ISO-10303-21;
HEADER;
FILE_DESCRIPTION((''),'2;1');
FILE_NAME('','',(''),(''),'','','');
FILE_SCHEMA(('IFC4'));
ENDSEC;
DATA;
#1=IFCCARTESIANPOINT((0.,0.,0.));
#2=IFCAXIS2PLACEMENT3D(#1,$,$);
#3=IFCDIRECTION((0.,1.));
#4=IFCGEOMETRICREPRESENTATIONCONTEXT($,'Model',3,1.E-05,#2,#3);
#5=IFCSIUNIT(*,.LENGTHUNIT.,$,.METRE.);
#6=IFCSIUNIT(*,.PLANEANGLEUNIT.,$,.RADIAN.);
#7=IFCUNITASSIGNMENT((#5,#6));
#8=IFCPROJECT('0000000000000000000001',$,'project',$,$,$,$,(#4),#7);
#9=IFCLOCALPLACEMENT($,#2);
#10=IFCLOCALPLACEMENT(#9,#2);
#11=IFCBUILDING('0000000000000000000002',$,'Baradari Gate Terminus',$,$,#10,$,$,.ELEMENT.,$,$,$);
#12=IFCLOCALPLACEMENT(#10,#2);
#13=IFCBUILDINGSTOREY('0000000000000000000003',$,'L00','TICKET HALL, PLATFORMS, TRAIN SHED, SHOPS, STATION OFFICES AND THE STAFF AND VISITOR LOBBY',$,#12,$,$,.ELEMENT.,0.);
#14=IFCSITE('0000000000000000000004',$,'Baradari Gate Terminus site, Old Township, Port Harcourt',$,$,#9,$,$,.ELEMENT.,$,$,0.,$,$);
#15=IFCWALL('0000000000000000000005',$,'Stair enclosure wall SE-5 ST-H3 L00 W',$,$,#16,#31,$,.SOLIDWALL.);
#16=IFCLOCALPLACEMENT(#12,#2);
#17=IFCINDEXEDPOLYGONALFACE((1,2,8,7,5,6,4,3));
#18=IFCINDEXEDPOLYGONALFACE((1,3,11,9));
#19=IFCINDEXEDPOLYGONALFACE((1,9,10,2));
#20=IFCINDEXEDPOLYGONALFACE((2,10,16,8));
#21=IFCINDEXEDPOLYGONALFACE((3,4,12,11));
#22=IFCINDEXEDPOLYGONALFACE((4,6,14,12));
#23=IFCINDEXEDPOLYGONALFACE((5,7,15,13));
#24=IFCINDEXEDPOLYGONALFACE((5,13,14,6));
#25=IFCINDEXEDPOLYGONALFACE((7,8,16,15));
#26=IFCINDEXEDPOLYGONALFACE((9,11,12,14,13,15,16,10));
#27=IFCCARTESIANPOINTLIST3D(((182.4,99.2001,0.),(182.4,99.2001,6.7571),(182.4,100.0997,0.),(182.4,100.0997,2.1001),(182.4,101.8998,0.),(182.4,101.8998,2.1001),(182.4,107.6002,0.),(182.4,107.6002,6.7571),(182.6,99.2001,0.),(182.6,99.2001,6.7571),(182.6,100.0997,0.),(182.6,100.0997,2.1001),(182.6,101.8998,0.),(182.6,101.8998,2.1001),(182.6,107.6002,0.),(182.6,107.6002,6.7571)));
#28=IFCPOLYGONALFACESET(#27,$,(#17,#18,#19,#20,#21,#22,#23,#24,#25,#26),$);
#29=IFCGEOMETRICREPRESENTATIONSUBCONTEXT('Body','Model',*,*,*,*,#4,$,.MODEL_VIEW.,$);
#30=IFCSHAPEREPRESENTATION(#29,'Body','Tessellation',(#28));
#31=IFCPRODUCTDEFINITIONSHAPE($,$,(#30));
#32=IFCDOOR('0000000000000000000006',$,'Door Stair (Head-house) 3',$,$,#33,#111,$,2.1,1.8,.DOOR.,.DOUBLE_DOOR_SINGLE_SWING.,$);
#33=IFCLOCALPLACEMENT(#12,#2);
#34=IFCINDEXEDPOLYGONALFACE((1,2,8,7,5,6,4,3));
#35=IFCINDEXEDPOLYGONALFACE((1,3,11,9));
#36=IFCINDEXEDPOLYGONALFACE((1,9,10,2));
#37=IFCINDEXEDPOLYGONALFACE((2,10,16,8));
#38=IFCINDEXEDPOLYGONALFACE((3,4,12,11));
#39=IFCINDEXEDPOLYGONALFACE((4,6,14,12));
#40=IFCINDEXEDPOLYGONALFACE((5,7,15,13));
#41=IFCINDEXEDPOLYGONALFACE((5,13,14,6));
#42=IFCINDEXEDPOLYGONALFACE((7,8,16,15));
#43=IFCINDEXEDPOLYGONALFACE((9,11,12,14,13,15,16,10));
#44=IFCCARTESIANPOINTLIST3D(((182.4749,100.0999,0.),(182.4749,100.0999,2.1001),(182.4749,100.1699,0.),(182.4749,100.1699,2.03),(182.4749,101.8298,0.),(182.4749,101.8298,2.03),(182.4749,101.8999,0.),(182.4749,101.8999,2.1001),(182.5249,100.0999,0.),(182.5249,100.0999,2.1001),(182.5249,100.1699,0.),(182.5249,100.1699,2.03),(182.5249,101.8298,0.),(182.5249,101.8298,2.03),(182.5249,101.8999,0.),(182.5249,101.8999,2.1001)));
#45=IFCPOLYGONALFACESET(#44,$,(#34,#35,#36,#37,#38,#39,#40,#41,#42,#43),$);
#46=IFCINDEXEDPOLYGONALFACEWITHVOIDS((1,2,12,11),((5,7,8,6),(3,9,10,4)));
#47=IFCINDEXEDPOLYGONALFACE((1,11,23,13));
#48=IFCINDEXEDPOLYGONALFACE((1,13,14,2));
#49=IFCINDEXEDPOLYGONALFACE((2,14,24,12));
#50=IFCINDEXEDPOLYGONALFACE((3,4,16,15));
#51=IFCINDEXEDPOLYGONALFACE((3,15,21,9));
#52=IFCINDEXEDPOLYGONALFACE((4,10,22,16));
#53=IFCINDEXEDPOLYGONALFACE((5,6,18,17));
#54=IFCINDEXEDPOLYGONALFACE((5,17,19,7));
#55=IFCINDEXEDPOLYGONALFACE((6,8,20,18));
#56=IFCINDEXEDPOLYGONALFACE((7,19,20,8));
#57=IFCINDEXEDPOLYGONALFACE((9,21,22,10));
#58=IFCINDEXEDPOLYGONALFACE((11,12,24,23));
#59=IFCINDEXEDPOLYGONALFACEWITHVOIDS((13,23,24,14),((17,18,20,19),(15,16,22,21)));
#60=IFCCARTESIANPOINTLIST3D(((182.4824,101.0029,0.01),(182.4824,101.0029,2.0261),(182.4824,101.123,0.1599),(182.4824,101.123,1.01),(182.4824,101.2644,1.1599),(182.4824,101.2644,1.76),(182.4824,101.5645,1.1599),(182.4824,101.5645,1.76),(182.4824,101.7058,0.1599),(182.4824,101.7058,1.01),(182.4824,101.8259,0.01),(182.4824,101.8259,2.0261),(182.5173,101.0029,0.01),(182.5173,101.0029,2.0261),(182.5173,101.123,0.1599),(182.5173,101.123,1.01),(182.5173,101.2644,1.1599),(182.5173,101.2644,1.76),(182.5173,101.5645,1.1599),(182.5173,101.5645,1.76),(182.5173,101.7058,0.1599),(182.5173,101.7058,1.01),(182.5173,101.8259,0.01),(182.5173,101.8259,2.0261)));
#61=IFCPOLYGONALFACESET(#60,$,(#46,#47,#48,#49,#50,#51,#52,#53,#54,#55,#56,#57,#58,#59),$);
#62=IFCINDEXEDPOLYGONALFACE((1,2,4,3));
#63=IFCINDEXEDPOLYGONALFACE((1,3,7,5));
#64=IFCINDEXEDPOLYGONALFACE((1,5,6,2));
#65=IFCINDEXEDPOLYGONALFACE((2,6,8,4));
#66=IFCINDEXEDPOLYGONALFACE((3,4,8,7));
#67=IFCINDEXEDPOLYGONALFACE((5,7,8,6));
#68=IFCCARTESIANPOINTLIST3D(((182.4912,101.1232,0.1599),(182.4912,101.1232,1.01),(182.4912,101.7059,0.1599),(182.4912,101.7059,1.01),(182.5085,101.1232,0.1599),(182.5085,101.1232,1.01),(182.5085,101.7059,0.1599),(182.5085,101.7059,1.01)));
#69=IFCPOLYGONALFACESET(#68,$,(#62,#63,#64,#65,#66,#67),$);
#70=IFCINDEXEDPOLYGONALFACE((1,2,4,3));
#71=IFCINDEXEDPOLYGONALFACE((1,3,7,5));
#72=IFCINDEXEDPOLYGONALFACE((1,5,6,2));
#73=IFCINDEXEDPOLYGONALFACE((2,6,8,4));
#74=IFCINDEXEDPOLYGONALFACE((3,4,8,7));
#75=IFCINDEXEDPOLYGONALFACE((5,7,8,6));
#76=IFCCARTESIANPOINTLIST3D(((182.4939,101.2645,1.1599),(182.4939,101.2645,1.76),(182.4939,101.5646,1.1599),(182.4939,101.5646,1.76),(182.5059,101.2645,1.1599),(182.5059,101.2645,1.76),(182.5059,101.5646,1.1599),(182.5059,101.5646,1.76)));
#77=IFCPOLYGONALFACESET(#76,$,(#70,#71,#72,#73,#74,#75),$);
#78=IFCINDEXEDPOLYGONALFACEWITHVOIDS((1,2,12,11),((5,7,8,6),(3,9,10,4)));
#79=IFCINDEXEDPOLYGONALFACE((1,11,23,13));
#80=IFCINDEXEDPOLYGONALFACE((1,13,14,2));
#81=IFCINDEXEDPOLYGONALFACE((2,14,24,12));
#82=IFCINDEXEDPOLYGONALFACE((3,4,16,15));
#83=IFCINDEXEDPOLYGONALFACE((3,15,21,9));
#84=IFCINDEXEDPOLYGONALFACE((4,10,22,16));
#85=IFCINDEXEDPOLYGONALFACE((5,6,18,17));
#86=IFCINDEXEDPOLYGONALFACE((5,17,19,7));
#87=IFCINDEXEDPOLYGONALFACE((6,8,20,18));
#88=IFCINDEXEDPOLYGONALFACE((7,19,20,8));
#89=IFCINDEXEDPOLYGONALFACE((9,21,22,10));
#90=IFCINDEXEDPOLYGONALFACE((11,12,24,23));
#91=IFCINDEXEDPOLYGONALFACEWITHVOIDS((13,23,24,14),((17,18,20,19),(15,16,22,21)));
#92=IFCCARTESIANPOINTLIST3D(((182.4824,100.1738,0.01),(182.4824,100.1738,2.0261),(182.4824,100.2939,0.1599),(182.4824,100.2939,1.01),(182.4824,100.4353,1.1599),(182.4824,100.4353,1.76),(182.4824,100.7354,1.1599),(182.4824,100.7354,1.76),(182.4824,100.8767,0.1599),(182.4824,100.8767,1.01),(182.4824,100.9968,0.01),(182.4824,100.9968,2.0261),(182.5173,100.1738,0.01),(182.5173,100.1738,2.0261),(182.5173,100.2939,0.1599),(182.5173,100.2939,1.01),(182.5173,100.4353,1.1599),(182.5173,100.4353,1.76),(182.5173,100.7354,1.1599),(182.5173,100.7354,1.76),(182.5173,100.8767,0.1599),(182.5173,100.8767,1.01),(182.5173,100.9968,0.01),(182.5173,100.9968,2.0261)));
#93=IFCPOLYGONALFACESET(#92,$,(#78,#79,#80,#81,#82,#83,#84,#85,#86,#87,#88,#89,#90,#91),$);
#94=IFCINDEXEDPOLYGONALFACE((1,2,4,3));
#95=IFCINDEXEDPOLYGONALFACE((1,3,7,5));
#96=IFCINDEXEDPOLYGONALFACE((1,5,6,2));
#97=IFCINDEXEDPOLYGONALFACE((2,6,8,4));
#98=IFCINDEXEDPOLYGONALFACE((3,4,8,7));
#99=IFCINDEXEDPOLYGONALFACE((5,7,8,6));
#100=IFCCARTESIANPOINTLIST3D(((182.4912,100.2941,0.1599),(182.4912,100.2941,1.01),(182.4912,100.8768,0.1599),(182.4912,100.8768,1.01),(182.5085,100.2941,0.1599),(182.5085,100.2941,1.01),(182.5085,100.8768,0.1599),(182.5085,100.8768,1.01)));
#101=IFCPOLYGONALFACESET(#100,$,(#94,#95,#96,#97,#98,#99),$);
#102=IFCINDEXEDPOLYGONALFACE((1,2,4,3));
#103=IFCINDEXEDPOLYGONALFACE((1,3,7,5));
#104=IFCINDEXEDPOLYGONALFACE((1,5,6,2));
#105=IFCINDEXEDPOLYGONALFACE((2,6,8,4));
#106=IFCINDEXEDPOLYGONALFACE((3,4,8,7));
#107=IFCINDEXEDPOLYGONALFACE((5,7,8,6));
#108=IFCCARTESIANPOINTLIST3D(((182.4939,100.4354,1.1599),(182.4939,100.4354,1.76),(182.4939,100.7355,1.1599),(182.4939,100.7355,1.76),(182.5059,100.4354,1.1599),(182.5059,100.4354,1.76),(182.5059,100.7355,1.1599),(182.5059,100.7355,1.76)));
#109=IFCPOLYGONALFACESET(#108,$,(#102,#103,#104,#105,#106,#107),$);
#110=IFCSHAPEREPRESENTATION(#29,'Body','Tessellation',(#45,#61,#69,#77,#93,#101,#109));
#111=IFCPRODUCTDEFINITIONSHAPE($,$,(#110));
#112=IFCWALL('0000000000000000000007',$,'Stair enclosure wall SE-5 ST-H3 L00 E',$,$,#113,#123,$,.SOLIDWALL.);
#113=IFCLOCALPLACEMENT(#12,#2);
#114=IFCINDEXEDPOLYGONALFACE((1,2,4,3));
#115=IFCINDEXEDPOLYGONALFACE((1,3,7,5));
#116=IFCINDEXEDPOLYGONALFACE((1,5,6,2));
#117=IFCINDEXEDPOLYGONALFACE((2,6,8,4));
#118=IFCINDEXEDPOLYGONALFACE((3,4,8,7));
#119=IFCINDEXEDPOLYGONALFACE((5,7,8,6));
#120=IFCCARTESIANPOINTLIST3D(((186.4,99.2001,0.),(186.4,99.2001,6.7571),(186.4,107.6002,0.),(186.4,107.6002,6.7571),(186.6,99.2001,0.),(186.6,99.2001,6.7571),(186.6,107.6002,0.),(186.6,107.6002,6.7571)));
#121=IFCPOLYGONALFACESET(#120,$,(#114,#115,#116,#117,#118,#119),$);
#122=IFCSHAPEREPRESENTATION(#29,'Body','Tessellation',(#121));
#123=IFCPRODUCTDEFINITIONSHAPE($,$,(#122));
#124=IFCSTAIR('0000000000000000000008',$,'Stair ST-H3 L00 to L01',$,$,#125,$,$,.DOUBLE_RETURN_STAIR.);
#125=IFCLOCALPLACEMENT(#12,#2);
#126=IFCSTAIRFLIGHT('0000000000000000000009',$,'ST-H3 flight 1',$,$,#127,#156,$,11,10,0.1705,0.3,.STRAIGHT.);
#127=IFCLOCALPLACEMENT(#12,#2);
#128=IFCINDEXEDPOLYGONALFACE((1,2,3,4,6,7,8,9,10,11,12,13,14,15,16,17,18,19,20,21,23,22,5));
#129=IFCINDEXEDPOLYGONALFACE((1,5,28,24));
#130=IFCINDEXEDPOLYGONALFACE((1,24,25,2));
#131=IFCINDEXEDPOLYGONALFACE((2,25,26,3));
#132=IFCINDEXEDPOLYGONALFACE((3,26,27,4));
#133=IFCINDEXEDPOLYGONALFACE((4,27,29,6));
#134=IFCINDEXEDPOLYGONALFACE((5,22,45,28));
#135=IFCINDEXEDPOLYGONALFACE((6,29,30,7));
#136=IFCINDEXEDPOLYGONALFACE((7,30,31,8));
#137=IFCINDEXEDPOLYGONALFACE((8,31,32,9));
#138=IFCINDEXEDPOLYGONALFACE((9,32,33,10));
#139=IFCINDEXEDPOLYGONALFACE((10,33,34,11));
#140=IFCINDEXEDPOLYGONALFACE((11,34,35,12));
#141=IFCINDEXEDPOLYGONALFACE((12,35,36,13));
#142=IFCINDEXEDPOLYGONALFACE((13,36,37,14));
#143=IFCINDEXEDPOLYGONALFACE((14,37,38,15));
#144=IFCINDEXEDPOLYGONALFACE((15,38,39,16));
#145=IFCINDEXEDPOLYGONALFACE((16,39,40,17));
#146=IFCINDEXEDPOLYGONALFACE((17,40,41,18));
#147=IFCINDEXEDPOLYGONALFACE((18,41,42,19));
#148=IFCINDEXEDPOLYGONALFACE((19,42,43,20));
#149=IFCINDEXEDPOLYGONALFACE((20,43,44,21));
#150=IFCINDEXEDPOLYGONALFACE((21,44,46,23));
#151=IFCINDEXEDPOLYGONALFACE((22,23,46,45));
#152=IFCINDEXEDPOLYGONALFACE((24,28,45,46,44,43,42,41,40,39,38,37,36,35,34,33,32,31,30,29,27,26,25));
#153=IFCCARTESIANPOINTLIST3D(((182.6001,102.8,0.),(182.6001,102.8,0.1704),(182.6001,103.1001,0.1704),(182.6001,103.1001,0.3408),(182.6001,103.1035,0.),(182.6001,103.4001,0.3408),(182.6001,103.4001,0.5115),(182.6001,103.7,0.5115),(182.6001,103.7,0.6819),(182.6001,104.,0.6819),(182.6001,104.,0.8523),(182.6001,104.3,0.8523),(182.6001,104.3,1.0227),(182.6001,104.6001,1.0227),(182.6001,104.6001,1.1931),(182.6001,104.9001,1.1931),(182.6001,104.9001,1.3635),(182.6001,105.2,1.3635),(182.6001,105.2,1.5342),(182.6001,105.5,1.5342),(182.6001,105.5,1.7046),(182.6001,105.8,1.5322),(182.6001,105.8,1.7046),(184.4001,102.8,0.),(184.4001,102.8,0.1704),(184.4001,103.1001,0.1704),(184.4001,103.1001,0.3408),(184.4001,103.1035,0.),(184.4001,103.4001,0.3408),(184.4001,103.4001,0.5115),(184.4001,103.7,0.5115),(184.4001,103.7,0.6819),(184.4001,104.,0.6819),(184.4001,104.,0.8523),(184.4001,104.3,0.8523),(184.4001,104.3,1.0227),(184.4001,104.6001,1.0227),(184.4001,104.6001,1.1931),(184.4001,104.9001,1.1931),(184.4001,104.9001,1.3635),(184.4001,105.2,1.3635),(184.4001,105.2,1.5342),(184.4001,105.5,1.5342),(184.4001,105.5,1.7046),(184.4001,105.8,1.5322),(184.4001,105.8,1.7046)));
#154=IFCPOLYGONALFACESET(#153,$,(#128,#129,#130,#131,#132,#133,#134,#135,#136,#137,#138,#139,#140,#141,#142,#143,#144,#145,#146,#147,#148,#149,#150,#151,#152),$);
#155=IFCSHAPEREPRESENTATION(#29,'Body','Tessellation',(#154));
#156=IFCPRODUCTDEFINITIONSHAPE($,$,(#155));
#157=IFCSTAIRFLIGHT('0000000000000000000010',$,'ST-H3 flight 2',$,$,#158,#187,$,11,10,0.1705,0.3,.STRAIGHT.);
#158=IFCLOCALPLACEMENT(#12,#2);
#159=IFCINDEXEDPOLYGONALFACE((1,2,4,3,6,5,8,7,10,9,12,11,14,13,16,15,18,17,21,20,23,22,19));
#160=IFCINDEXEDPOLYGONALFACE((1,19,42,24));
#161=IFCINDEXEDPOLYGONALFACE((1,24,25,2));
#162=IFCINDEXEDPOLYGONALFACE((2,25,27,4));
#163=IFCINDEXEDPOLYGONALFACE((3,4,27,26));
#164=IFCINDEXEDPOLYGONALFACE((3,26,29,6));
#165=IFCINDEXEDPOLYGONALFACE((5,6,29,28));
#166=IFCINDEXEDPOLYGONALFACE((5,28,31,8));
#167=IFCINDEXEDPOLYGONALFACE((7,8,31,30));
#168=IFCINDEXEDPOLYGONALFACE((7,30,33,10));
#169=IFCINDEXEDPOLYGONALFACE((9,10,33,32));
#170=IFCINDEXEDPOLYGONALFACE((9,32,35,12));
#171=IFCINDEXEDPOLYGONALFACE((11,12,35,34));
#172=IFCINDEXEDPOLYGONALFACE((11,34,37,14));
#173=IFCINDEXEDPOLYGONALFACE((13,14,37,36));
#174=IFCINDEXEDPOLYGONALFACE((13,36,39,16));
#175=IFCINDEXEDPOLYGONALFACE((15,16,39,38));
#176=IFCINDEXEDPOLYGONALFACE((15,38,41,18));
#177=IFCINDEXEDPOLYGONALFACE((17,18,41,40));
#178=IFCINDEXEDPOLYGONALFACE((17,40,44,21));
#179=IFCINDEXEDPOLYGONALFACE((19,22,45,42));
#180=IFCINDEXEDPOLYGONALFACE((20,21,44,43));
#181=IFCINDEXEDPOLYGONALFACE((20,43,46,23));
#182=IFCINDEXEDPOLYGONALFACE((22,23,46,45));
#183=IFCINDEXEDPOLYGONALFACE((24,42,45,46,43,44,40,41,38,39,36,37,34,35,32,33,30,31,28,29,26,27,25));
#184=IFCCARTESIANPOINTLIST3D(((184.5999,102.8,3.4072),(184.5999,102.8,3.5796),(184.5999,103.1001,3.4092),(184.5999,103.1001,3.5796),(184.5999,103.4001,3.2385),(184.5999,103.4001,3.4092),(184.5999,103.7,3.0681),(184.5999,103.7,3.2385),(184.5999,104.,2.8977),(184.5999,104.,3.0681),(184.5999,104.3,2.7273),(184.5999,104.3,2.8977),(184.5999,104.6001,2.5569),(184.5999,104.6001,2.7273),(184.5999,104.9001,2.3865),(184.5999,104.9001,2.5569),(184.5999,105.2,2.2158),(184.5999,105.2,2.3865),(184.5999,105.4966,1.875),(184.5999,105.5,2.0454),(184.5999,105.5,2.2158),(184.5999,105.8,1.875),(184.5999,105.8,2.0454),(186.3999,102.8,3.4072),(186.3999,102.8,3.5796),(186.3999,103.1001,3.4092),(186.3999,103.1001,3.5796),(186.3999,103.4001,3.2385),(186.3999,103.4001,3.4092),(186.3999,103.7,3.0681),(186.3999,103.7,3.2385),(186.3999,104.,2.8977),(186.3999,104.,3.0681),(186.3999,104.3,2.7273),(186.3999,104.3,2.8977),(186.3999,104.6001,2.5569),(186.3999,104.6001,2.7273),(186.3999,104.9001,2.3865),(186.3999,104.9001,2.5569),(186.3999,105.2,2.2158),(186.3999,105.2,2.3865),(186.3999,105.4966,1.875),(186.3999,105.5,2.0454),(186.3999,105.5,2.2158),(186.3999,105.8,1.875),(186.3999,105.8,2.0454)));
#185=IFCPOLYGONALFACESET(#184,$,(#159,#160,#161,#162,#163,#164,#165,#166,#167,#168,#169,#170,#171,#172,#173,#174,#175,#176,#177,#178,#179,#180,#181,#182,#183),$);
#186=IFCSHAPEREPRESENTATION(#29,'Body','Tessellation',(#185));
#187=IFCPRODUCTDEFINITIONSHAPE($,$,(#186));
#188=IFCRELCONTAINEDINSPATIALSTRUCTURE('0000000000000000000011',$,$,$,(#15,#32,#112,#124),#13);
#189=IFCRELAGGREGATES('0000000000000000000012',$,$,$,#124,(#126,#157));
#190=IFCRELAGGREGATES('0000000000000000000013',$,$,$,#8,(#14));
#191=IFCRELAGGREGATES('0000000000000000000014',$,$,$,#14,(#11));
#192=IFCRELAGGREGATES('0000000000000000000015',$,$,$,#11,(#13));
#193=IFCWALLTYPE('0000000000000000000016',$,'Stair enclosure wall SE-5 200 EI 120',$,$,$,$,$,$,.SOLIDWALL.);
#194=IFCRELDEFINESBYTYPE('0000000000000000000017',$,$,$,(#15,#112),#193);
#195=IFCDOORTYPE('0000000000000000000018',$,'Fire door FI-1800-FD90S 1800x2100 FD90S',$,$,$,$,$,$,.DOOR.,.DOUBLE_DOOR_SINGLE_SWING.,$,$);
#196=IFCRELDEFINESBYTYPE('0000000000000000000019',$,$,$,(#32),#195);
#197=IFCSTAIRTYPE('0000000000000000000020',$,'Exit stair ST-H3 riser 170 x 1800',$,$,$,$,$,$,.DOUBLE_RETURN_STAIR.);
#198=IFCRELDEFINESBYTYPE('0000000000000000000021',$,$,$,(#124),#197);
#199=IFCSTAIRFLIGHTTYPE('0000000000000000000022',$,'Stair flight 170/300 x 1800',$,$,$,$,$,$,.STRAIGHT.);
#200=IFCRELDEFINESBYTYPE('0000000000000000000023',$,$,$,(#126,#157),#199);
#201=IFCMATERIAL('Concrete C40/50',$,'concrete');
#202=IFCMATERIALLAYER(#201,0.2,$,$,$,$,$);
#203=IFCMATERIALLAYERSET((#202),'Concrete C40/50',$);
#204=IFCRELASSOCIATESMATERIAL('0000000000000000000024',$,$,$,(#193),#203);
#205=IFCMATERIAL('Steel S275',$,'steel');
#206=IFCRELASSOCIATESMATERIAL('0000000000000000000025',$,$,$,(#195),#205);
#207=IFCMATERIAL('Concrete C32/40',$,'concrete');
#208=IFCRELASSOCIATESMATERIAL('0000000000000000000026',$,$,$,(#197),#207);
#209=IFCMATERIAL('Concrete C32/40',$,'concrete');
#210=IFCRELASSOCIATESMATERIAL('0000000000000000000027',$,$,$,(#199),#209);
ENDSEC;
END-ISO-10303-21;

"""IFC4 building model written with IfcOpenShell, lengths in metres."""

from ifc_helpers import new_model, si_unit, direction, frame, frame_2d, origin, place, context, subcontext, project, spatial, polyline, rectangle, outline, extrude, material, layer, layer_set, type_object, element, fill, aggregate, save


model = new_model("IFC4")

# Units and contexts
model_context = context("Model", 3, precision=1e-05, world=origin(), true_north=direction((0.0, 1.0)))
body_context = subcontext(model_context, "Body", "Model", "MODEL_VIEW")
ifc_project = project(units=[si_unit("LENGTHUNIT", "METRE"), si_unit("PLANEANGLEUNIT", "RADIAN")], contexts=[model_context])

# Site, building, storey
site_placement = place(None, origin())
site = spatial("IfcSite", under=ifc_project, at=site_placement, Name="Baradari Gate Terminus site, Old Township, Port Harcourt", CompositionType="ELEMENT", RefElevation=0.0)
building_placement = place(site_placement, origin())
building = spatial("IfcBuilding", under=site, at=building_placement, Name="Baradari Gate Terminus", CompositionType="ELEMENT")
storey_placement = place(building_placement, origin())
storey = spatial("IfcBuildingStorey", under=building, at=storey_placement, Name="L00", Description="TICKET HALL, PLATFORMS, TRAIN SHED, SHOPS, STATION OFFICES AND THE STAFF AND VISITOR LOBBY", CompositionType="ELEMENT", Elevation=0.0)

# Wall, opening, door
ifc_material_1 = material(Name="Concrete C40/50", Category="concrete")
ifc_layer_1 = layer(ifc_material_1, 0.2)
ifc_layer_set_1 = layer_set([ifc_layer_1], Name="Concrete C40/50")
wall_type_1 = type_object("IfcWallType", Name="Stair enclosure wall SE-5 200 EI 120", PredefinedType="SOLIDWALL", material=ifc_layer_set_1)
ifc_material_2 = material(Name="Steel S275", Category="steel")
door_type_1 = type_object("IfcDoorType", Name="Fire door FI-1800-FD90S 1800x2100 FD90S", OperationType="DOUBLE_DOOR_SINGLE_SWING", PredefinedType="DOOR", material=ifc_material_2)
wall_1_placement = place(storey_placement, frame((182.5, 99.2, 0.0), z_axis=(0.0, 0.0, 1.0), x_axis=(0.0, 1.0, 0.0)))
wall_1 = element("IfcWall", 1, at=wall_1_placement, inside=storey, type_object=wall_type_1, Name="Stair enclosure wall SE-5 ST-H3 L00 W", PredefinedType="SOLIDWALL", context=body_context, shape_type="SweptSolid", body=[
    extrude(rectangle(XDim=8.4001, YDim=0.2, at=frame_2d((4.2002, 0.0))), origin(), (0.0, 0.0, 1.0), 6.7571),
])
opening_1_placement = place(wall_1_placement, frame((0.8999, 0.0, 0.0)))
opening_1 = element("IfcOpeningElement", 2, at=opening_1_placement, cuts=wall_1, PredefinedType="OPENING", context=body_context, shape_type="SweptSolid", body=[
    extrude(rectangle(XDim=1.8, YDim=2.1001, at=frame_2d((0.8999, 1.05))), frame((0.0, 0.1099, 0.0), z_axis=(0.0, -1.0, 0.0), x_axis=(1.0, 0.0, 0.0)), (0.0, 0.0, 1.0), 0.22),
])
door_1_placement = place(opening_1_placement, frame((1.8, 0.0, 0.0), z_axis=(0.0, 0.0, 1.0), x_axis=(-1.0, 0.0, 0.0)))
door_1 = element("IfcDoor", 3, at=door_1_placement, inside=storey, type_object=door_type_1, Name="Door Stair (Head-house) 3", OperationType="DOUBLE_DOOR_SINGLE_SWING", OverallHeight=2.1, OverallWidth=1.8, PredefinedType="DOOR", context=body_context, shape_type="SweptSolid", body=[
    extrude(outline(polyline([(0.0, 0.0), (0.0701, 0.0), (0.0701, 2.03), (1.73, 2.03), (1.73, 0.0), (1.8, 0.0), (1.8, 2.1001), (0.0, 2.1001), (0.0, 0.0)])), frame((0.0, 0.0249, 0.0), z_axis=(0.0, -1.0, 0.0), x_axis=(1.0, 0.0, 0.0)), (0.0, 0.0, 1.0), 0.05),
    extrude(outline(polyline([(0.074, 0.01), (0.897, 0.01), (0.897, 2.0261), (0.074, 2.0261), (0.074, 0.01)]), holes=[polyline([(0.1941, 0.1599), (0.7769, 0.1599), (0.7769, 1.01), (0.1941, 1.01), (0.1941, 0.1599)]), polyline([(0.3354, 1.1599), (0.6355, 1.1599), (0.6355, 1.76), (0.3354, 1.76), (0.3354, 1.1599)])]), frame((0.0, 0.0173, 0.0), z_axis=(0.0, -1.0, 0.0), x_axis=(1.0, 0.0, 0.0)), (0.0, 0.0, 1.0), 0.0349),
    extrude(rectangle(XDim=0.5828, YDim=0.8501, at=frame_2d((0.4854, 0.585))), frame((0.0, 0.0085, 0.0), z_axis=(0.0, -1.0, 0.0), x_axis=(1.0, 0.0, 0.0)), (0.0, 0.0, 1.0), 0.0173),
    extrude(rectangle(XDim=0.3, YDim=0.6001, at=frame_2d((0.4854, 1.46))), frame((0.0, 0.0059, 0.0), z_axis=(0.0, -1.0, 0.0), x_axis=(1.0, 0.0, 0.0)), (0.0, 0.0, 1.0), 0.012),
    extrude(outline(polyline([(0.9031, 0.01), (1.7261, 0.01), (1.7261, 2.0261), (0.9031, 2.0261), (0.9031, 0.01)]), holes=[polyline([(1.0232, 0.1599), (1.606, 0.1599), (1.606, 1.01), (1.0232, 1.01), (1.0232, 0.1599)]), polyline([(1.1646, 1.1599), (1.4646, 1.1599), (1.4646, 1.76), (1.1646, 1.76), (1.1646, 1.1599)])]), frame((0.0, 0.0173, 0.0), z_axis=(0.0, -1.0, 0.0), x_axis=(1.0, 0.0, 0.0)), (0.0, 0.0, 1.0), 0.0349),
    extrude(rectangle(XDim=0.5828, YDim=0.8501, at=frame_2d((1.3145, 0.585))), frame((0.0, 0.0085, 0.0), z_axis=(0.0, -1.0, 0.0), x_axis=(1.0, 0.0, 0.0)), (0.0, 0.0, 1.0), 0.0173),
    extrude(rectangle(XDim=0.3, YDim=0.6001, at=frame_2d((1.3145, 1.46))), frame((0.0, 0.0059, 0.0), z_axis=(0.0, -1.0, 0.0), x_axis=(1.0, 0.0, 0.0)), (0.0, 0.0, 1.0), 0.012),
])
fill(opening_1, door_1)

# Wall
wall_2_placement = place(storey_placement, frame((186.5, 99.2, 0.0), z_axis=(0.0, 0.0, 1.0), x_axis=(0.0, 1.0, 0.0)))
element("IfcWall", 4, at=wall_2_placement, inside=storey, type_object=wall_type_1, Name="Stair enclosure wall SE-5 ST-H3 L00 E", PredefinedType="SOLIDWALL", context=body_context, shape_type="SweptSolid", body=[
    extrude(rectangle(XDim=8.4001, YDim=0.2, at=frame_2d((4.2002, 0.0))), origin(), (0.0, 0.0, 1.0), 6.7571),
])

# Stair, stair flights
ifc_material_3 = material(Name="Concrete C32/40", Category="concrete")
stair_type = type_object("IfcStairType", Name="Exit stair ST-H3 riser 170 x 1800", PredefinedType="DOUBLE_RETURN_STAIR", material=ifc_material_3)
stair_placement = place(storey_placement, origin())
stair = element("IfcStair", 5, at=stair_placement, inside=storey, type_object=stair_type, Name="Stair ST-H3 L00 to L01", PredefinedType="DOUBLE_RETURN_STAIR")
ifc_material_4 = material(Name="Concrete C32/40", Category="concrete")
stair_flight_type = type_object("IfcStairFlightType", Name="Stair flight 170/300 x 1800", PredefinedType="STRAIGHT", material=ifc_material_4)
stair_flight_1_placement = place(storey_placement, frame((183.5, 102.8, 0.0), z_axis=(0.0, 0.0, 1.0), x_axis=(0.0, 1.0, 0.0)))
stair_flight_1 = element("IfcStairFlight", 6, at=stair_flight_1_placement, type_object=stair_flight_type, Name="ST-H3 flight 1", NumberOfRisers=11, NumberOfTreads=10, PredefinedType="STRAIGHT", RiserHeight=0.1705, TreadLength=0.3, context=body_context, shape_type="SweptSolid", body=[
    extrude(outline(polyline([(0.0, 0.0), (0.0, 0.1704), (0.3, 0.1704), (0.3, 0.3408), (0.6001, 0.3408), (0.6001, 0.5115), (0.8999, 0.5115), (0.8999, 0.6819), (1.2, 0.6819), (1.2, 0.8523), (1.5, 0.8523), (1.5, 1.0227), (1.8, 1.0227), (1.8, 1.1931), (2.1001, 1.1931), (2.1001, 1.3635), (2.3999, 1.3635), (2.3999, 1.5342), (2.7, 1.5342), (2.7, 1.7046), (3.0, 1.7046), (3.0, 1.875), (3.0, 1.5322), (0.3035, 0.0), (0.0, 0.0)])), frame((0.0, 0.8999, 0.0), z_axis=(0.0, -1.0, 0.0), x_axis=(1.0, 0.0, 0.0)), (0.0, 0.0, 1.0), 1.8),
])
stair_flight_2_placement = place(storey_placement, frame((185.5, 105.8, 1.875), z_axis=(0.0, 0.0, 1.0), x_axis=(0.0, -1.0, 0.0)))
stair_flight_2 = element("IfcStairFlight", 7, at=stair_flight_2_placement, type_object=stair_flight_type, Name="ST-H3 flight 2", NumberOfRisers=11, NumberOfTreads=10, PredefinedType="STRAIGHT", RiserHeight=0.1705, TreadLength=0.3, context=body_context, shape_type="SweptSolid", body=[
    extrude(outline(polyline([(0.0, 0.0), (0.0, 0.1704), (0.3, 0.1704), (0.3, 0.3408), (0.6001, 0.3408), (0.6001, 0.5115), (0.8999, 0.5115), (0.8999, 0.6819), (1.2, 0.6819), (1.2, 0.8523), (1.5, 0.8523), (1.5, 1.0227), (1.8, 1.0227), (1.8, 1.1931), (2.1001, 1.1931), (2.1001, 1.3635), (2.3999, 1.3635), (2.3999, 1.5342), (2.7, 1.5342), (2.7, 1.7046), (3.0, 1.7046), (3.0, 1.875), (3.0, 1.5322), (0.3035, 0.0), (0.0, 0.0)])), frame((0.0, 0.8999, 0.0), z_axis=(0.0, -1.0, 0.0), x_axis=(1.0, 0.0, 0.0)), (0.0, 0.0, 1.0), 1.8),
])
aggregate(stair, [stair_flight_1, stair_flight_2])

save(model, "model.ifc")
